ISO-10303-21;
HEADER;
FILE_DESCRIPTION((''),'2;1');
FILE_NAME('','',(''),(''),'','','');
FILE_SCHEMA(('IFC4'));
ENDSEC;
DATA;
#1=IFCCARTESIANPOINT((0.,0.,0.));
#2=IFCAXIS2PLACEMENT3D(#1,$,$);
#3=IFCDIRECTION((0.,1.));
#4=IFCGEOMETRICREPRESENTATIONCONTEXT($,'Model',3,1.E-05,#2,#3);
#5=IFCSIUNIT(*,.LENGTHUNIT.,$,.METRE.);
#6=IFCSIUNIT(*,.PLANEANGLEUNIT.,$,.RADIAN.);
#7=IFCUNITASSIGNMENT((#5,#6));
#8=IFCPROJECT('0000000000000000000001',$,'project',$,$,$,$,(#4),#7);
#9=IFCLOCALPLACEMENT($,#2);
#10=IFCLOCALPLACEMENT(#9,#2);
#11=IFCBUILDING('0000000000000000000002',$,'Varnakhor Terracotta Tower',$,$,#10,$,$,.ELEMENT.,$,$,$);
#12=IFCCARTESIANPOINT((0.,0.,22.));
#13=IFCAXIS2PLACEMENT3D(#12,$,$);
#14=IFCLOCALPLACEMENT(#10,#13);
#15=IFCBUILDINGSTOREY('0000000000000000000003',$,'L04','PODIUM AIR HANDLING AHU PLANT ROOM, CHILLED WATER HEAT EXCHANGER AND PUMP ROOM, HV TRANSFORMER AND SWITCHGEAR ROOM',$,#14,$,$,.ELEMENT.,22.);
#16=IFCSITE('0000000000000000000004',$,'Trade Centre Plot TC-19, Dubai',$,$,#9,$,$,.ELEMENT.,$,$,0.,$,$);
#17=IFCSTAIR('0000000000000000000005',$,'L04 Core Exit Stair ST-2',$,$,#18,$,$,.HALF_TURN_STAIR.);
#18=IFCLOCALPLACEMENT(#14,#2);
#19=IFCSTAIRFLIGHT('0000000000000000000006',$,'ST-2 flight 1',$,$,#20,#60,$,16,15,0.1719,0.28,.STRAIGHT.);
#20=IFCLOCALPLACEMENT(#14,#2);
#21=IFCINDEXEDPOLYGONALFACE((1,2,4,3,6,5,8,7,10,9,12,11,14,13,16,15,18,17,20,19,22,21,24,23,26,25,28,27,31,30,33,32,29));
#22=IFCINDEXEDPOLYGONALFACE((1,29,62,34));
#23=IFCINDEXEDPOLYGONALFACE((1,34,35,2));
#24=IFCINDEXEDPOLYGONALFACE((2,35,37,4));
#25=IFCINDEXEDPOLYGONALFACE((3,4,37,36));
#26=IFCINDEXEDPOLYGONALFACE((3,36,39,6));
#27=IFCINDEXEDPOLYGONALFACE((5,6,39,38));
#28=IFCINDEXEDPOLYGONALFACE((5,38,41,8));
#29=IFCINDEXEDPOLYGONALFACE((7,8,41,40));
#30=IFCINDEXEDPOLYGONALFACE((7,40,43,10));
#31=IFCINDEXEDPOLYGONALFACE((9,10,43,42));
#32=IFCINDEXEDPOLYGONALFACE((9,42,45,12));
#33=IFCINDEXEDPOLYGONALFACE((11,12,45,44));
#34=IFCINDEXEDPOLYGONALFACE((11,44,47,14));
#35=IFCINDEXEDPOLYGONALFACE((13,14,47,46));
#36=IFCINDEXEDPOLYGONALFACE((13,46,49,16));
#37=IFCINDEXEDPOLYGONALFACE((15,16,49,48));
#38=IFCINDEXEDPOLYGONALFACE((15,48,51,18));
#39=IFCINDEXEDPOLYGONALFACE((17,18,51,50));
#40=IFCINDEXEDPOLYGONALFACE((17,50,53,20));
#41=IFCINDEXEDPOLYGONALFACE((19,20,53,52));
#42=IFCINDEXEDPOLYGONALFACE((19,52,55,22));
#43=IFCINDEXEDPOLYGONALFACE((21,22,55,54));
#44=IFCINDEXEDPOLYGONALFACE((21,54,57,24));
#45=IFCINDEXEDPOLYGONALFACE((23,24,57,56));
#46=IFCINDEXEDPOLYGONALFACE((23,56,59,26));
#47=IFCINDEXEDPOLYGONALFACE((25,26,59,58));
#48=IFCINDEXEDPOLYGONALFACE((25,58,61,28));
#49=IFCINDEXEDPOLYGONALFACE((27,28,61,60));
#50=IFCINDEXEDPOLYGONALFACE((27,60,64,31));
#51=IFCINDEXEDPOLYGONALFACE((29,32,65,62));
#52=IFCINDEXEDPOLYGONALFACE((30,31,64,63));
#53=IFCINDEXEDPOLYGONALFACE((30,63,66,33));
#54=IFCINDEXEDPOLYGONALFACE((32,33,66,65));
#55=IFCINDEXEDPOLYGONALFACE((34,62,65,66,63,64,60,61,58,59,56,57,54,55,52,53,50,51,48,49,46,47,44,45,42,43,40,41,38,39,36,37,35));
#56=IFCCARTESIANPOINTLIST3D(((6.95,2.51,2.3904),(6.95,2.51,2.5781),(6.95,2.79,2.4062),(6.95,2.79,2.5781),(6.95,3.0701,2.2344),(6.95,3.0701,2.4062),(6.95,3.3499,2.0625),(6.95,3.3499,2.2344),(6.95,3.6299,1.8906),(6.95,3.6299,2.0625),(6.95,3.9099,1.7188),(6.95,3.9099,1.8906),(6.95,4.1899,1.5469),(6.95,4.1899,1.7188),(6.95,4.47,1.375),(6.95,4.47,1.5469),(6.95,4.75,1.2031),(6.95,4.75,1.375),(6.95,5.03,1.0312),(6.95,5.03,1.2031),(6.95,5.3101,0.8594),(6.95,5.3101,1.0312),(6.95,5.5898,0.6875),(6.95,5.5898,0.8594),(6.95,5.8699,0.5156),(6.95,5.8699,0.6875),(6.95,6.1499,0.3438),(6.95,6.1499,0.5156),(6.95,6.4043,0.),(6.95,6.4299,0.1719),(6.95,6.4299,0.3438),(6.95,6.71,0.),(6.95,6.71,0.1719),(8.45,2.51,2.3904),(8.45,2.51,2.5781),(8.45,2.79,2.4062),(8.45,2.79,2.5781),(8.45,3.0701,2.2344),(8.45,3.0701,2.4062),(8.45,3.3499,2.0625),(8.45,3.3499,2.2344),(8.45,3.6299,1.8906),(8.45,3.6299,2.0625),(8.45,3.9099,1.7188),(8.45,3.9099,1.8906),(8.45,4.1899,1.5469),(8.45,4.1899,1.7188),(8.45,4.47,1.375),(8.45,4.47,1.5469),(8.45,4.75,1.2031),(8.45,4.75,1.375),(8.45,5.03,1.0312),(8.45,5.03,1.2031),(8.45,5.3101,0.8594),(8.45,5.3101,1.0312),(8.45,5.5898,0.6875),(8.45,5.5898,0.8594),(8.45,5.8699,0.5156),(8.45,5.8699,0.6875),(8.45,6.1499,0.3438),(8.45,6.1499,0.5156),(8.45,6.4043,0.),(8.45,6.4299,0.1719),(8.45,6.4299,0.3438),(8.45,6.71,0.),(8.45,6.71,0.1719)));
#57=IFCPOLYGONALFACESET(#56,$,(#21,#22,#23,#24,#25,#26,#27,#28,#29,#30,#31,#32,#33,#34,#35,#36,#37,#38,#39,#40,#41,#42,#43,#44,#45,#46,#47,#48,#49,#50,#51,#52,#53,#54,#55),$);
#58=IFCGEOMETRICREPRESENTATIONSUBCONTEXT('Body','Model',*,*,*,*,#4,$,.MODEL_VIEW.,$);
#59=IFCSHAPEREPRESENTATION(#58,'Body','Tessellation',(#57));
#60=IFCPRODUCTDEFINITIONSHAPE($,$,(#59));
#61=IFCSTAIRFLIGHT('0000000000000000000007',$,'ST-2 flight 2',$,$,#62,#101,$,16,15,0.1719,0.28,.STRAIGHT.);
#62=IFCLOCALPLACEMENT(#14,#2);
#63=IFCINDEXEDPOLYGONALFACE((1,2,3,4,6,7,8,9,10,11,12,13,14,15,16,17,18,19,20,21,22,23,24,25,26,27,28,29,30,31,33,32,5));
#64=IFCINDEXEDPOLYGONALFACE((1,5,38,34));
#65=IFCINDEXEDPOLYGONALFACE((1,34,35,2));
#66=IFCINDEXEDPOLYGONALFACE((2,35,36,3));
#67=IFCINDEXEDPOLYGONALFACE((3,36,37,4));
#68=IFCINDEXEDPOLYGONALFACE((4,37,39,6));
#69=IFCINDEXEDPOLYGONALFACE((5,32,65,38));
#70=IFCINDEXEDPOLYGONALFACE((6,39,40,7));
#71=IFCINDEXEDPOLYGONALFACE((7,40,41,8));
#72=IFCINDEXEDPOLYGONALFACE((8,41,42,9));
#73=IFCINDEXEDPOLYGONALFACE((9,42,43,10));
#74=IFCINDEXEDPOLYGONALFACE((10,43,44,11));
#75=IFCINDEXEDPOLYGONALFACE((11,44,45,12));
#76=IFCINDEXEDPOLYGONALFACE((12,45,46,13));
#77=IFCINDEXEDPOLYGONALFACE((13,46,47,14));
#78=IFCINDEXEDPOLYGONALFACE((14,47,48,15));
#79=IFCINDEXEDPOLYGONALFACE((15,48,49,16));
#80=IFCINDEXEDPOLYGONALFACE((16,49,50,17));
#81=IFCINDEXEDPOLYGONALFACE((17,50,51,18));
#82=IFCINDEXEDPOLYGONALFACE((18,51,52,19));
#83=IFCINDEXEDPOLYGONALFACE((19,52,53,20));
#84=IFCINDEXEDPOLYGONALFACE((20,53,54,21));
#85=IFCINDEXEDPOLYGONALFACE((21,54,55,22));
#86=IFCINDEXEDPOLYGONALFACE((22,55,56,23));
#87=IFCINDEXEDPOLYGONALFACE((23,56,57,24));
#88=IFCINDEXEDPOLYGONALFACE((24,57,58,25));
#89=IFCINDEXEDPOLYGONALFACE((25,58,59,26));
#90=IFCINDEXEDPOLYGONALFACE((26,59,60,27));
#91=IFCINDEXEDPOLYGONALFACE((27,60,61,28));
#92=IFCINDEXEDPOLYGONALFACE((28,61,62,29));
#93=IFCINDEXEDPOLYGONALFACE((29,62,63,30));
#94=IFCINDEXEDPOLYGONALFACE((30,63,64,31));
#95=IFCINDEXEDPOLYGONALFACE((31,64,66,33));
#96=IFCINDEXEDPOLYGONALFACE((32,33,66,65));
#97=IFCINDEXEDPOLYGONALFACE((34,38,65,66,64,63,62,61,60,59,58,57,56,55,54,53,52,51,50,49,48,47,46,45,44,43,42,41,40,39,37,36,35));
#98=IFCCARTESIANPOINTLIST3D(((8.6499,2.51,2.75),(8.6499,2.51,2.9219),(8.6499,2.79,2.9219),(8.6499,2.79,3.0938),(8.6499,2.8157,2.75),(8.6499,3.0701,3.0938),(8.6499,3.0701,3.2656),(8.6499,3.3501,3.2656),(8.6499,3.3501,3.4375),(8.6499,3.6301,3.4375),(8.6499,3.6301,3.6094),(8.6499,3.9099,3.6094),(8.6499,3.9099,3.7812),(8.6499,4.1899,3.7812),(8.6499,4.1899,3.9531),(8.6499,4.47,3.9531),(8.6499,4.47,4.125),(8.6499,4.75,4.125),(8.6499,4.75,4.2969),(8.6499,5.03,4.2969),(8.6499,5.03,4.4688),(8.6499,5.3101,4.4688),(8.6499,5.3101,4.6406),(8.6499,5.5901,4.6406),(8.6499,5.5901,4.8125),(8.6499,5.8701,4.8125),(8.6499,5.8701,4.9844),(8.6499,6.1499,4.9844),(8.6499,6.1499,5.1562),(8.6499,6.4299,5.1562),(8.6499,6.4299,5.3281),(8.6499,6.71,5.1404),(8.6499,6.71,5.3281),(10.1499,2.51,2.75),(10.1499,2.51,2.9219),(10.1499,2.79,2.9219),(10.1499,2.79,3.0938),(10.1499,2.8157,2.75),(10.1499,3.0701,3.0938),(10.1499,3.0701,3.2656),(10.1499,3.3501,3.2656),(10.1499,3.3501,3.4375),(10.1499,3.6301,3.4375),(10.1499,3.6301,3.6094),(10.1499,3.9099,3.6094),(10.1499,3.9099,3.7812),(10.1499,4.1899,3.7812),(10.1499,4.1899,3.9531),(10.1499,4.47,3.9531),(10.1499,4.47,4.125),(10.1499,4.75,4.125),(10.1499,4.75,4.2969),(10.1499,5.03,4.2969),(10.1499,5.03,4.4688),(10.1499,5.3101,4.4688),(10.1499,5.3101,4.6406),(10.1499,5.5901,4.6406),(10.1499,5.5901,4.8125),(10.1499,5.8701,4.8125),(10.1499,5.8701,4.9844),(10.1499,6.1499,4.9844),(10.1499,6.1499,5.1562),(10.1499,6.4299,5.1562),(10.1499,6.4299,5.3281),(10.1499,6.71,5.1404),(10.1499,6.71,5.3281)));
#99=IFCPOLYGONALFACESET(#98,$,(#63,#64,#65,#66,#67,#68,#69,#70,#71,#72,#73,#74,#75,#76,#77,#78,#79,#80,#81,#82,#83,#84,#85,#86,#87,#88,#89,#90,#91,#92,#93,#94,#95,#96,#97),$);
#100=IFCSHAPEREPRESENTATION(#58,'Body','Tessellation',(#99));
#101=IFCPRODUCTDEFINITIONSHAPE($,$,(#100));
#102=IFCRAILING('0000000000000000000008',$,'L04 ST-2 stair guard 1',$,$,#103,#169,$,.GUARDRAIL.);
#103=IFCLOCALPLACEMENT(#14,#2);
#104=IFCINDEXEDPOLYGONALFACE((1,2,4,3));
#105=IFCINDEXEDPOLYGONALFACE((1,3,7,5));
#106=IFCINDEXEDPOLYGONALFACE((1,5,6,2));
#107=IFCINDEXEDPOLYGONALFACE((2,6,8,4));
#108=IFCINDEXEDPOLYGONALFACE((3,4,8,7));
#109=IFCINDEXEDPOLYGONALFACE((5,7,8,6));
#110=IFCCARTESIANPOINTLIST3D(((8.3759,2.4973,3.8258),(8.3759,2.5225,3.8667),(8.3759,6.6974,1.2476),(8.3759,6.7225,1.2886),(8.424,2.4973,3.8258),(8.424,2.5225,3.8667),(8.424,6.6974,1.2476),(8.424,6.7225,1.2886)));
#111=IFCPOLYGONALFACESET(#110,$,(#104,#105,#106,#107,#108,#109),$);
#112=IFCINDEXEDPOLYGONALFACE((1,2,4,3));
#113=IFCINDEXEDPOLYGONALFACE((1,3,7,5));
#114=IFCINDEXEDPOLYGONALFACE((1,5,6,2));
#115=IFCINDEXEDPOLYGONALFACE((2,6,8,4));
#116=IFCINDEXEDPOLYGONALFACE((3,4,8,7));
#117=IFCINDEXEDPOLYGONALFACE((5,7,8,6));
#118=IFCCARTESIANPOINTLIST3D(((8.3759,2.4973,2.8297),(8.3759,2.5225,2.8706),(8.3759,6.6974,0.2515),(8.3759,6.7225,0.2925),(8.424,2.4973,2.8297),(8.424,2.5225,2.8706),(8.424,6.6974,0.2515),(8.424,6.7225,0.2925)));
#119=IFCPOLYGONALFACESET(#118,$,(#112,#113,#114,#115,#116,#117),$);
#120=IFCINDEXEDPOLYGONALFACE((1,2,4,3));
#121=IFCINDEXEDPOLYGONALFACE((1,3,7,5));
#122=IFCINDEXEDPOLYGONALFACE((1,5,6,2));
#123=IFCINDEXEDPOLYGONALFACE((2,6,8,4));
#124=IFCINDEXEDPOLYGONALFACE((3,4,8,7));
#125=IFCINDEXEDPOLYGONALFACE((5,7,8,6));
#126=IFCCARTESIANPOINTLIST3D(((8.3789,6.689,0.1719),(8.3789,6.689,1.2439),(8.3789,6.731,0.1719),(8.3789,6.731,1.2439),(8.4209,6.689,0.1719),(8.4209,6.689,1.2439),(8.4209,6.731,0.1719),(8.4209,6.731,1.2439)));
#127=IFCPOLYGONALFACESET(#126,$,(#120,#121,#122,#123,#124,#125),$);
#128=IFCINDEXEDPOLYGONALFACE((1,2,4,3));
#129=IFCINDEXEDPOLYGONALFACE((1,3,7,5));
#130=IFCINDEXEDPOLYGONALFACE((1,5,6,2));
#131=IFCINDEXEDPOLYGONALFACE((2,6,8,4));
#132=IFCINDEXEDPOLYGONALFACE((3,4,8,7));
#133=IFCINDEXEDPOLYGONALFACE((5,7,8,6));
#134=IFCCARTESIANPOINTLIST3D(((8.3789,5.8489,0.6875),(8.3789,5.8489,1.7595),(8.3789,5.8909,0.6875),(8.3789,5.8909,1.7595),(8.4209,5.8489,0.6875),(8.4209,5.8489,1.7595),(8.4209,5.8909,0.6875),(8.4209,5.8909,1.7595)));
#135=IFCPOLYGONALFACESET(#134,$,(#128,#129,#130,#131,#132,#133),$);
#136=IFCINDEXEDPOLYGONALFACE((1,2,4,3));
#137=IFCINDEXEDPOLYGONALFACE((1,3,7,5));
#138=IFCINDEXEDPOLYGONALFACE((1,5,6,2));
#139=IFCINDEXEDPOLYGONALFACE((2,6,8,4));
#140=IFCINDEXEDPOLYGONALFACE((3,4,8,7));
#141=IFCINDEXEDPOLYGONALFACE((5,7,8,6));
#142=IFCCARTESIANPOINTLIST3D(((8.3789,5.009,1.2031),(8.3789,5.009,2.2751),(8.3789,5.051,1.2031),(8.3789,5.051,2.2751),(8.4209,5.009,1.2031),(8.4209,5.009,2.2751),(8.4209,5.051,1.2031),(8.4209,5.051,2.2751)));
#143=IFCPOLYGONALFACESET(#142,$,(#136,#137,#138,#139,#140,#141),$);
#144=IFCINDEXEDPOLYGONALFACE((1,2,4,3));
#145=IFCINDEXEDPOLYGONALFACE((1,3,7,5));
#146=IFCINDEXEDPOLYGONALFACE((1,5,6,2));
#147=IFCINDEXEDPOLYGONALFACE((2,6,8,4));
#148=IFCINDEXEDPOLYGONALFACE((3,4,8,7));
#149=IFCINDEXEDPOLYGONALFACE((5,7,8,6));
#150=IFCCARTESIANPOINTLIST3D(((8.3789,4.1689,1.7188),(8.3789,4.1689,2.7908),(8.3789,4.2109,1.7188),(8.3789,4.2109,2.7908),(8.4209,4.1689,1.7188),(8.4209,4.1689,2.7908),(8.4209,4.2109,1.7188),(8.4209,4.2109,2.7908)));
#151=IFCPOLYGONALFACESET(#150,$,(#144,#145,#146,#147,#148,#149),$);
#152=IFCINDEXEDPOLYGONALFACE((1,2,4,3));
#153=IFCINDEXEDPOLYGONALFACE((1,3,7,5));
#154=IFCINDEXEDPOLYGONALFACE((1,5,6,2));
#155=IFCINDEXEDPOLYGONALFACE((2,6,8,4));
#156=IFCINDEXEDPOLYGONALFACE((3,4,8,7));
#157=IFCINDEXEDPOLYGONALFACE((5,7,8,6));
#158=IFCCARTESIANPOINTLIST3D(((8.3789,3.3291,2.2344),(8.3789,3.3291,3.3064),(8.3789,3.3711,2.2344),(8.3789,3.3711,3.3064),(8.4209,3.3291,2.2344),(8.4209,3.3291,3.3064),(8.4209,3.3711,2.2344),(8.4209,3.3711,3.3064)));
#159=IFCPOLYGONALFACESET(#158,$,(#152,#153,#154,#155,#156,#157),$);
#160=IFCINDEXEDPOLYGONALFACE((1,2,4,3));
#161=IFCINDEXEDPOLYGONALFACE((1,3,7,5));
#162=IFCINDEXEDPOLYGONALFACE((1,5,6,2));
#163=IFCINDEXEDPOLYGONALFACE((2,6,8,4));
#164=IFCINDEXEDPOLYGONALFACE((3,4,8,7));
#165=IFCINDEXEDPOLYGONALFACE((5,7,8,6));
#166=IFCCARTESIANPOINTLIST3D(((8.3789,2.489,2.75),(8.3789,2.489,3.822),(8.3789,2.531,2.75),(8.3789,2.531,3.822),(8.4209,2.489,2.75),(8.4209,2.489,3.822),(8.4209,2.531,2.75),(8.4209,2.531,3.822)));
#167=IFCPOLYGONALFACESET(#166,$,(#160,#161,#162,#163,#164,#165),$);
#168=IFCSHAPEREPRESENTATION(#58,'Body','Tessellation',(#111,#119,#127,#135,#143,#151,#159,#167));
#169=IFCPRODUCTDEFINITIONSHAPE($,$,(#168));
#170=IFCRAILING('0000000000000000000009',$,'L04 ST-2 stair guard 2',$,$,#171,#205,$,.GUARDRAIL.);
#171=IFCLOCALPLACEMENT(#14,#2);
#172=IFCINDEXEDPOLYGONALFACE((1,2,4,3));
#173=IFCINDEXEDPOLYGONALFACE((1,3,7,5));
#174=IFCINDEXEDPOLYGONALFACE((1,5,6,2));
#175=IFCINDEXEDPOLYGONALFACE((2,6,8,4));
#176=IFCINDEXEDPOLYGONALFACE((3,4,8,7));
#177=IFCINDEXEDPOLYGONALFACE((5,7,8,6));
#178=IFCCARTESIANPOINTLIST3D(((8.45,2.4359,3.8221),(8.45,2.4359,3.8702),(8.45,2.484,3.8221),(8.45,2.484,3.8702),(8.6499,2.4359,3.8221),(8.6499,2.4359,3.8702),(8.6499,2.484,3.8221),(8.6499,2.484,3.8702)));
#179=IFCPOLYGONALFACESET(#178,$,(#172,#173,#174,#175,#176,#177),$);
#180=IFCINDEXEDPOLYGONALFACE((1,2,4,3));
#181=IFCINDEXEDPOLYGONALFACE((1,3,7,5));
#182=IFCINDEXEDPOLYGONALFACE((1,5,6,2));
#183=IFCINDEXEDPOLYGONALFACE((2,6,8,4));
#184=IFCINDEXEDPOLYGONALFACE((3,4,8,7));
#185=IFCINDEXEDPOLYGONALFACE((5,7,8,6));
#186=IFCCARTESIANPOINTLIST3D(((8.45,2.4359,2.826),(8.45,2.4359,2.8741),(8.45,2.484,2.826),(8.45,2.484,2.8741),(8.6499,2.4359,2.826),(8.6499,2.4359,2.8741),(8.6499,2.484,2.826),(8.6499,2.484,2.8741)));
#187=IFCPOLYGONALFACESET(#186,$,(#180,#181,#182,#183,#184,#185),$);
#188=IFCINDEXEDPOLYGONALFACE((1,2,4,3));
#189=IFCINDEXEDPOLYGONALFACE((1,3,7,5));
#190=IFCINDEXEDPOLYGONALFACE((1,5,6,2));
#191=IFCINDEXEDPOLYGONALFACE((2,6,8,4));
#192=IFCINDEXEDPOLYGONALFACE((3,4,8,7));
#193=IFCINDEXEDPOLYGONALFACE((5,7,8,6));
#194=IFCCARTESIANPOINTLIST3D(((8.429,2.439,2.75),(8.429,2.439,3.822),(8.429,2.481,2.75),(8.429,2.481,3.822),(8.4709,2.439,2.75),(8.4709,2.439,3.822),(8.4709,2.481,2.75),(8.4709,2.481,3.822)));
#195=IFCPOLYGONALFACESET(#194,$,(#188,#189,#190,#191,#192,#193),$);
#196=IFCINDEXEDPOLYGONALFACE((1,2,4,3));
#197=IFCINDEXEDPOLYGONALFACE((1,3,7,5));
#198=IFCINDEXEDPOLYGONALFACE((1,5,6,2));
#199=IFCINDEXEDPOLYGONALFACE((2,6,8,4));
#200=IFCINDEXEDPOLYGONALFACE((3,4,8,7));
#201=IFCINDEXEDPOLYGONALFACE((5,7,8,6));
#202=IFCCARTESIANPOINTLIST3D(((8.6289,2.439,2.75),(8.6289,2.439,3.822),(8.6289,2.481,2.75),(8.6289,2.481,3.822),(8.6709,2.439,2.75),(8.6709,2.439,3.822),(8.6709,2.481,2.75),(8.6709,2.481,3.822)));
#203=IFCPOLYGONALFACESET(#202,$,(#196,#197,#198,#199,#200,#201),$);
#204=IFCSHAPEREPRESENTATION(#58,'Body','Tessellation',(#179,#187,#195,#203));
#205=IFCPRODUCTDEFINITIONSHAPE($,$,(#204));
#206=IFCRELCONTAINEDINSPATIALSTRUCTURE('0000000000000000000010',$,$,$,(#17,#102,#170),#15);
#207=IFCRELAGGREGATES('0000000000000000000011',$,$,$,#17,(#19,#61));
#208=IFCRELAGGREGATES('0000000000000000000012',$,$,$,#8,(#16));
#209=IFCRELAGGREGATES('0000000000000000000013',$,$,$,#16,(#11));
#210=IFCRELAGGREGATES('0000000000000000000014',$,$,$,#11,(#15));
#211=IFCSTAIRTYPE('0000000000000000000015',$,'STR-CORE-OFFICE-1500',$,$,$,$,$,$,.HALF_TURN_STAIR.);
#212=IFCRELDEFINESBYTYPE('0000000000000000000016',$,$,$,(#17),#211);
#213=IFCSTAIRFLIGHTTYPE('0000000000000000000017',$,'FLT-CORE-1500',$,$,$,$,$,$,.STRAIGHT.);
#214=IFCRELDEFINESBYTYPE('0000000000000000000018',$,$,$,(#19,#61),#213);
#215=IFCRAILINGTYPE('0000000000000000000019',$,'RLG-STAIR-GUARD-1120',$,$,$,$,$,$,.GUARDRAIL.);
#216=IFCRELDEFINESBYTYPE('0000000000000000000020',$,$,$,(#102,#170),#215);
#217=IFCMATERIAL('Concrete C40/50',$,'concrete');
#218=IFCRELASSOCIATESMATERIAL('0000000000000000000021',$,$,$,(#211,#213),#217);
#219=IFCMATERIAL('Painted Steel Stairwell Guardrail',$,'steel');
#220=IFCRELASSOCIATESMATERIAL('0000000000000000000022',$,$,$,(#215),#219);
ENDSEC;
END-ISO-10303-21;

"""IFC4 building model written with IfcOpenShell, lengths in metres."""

from ifc_helpers import new_model, si_unit, direction, frame, origin, origin_2d, place, context, subcontext, project, spatial, polyline, rectangle, outline, extrude, material, type_object, element, aggregate, save


model = new_model("IFC4")

# Units and contexts
model_context = context("Model", 3, precision=1e-05, world=origin(), true_north=direction((0.0, 1.0)))
body_context = subcontext(model_context, "Body", "Model", "MODEL_VIEW")
ifc_project = project(units=[si_unit("LENGTHUNIT", "METRE"), si_unit("PLANEANGLEUNIT", "RADIAN")], contexts=[model_context])

# Site, building, storey
site_placement = place(None, origin())
site = spatial("IfcSite", under=ifc_project, at=site_placement, Name="Trade Centre Plot TC-19, Dubai", CompositionType="ELEMENT", RefElevation=0.0)
building_placement = place(site_placement, origin())
building = spatial("IfcBuilding", under=site, at=building_placement, Name="Varnakhor Terracotta Tower", CompositionType="ELEMENT")
storey_placement = place(building_placement, frame((0.0, 0.0, 22.0)))
storey = spatial("IfcBuildingStorey", under=building, at=storey_placement, Name="L04", Description="PODIUM AIR HANDLING AHU PLANT ROOM, CHILLED WATER HEAT EXCHANGER AND PUMP ROOM, HV TRANSFORMER AND SWITCHGEAR ROOM", CompositionType="ELEMENT", Elevation=22.0)

# Shared definitions
ifc_material_1 = material(Name="Concrete C40/50", Category="concrete")

# Stair, stair flights
stair_type = type_object("IfcStairType", Name="STR-CORE-OFFICE-1500", PredefinedType="HALF_TURN_STAIR", material=ifc_material_1)
stair_placement = place(storey_placement, origin())
stair = element("IfcStair", 1, at=stair_placement, inside=storey, type_object=stair_type, Name="L04 Core Exit Stair ST-2", PredefinedType="HALF_TURN_STAIR")
stair_flight_type = type_object("IfcStairFlightType", Name="FLT-CORE-1500", PredefinedType="STRAIGHT", material=ifc_material_1)
stair_flight_1_placement = place(storey_placement, frame((7.7, 6.71, 0.0), z_axis=(0.0, 0.0, 1.0), x_axis=(0.0, -1.0, 0.0)))
stair_flight_1 = element("IfcStairFlight", 2, at=stair_flight_1_placement, type_object=stair_flight_type, Name="ST-2 flight 1", NumberOfRisers=16, NumberOfTreads=15, PredefinedType="STRAIGHT", RiserHeight=0.1719, TreadLength=0.28, context=body_context, shape_type="SweptSolid", body=[
    extrude(outline(polyline([(0.0, 0.0), (0.0, 0.1719), (0.28, 0.1719), (0.28, 0.3438), (0.5601, 0.3438), (0.5601, 0.5156), (0.8401, 0.5156), (0.8401, 0.6875), (1.1201, 0.6875), (1.1201, 0.8594), (1.3999, 0.8594), (1.3999, 1.0312), (1.6799, 1.0312), (1.6799, 1.2031), (1.96, 1.2031), (1.96, 1.375), (2.24, 1.375), (2.24, 1.5469), (2.52, 1.5469), (2.52, 1.7188), (2.8, 1.7188), (2.8, 1.8906), (3.0801, 1.8906), (3.0801, 2.0625), (3.3601, 2.0625), (3.3601, 2.2344), (3.6399, 2.2344), (3.6399, 2.4062), (3.9199, 2.4062), (3.9199, 2.5781), (4.2, 2.5781), (4.2, 2.75), (4.2, 2.3904), (0.3057, 0.0), (0.0, 0.0)])), frame((0.0, 0.75, 0.0), z_axis=(0.0, -1.0, 0.0), x_axis=(1.0, 0.0, 0.0)), (0.0, 0.0, 1.0), 1.5),
])
stair_flight_2_placement = place(storey_placement, frame((9.3999, 2.51, 2.75), z_axis=(0.0, 0.0, 1.0), x_axis=(0.0, 1.0, 0.0)))
stair_flight_2 = element("IfcStairFlight", 3, at=stair_flight_2_placement, type_object=stair_flight_type, Name="ST-2 flight 2", NumberOfRisers=16, NumberOfTreads=15, PredefinedType="STRAIGHT", RiserHeight=0.1719, TreadLength=0.28, context=body_context, shape_type="SweptSolid", body=[
    extrude(outline(polyline([(0.0, 0.0), (0.0, 0.1719), (0.28, 0.1719), (0.28, 0.3438), (0.5601, 0.3438), (0.5601, 0.5156), (0.8401, 0.5156), (0.8401, 0.6875), (1.1201, 0.6875), (1.1201, 0.8594), (1.3999, 0.8594), (1.3999, 1.0312), (1.6799, 1.0312), (1.6799, 1.2031), (1.96, 1.2031), (1.96, 1.375), (2.24, 1.375), (2.24, 1.5469), (2.52, 1.5469), (2.52, 1.7188), (2.8, 1.7188), (2.8, 1.8906), (3.0801, 1.8906), (3.0801, 2.0625), (3.3601, 2.0625), (3.3601, 2.2344), (3.6399, 2.2344), (3.6399, 2.4062), (3.9199, 2.4062), (3.9199, 2.5781), (4.2, 2.5781), (4.2, 2.75), (4.2, 2.3904), (0.3057, 0.0), (0.0, 0.0)])), frame((0.0, 0.75, 0.0), z_axis=(0.0, -1.0, 0.0), x_axis=(1.0, 0.0, 0.0)), (0.0, 0.0, 1.0), 1.5),
])
aggregate(stair, [stair_flight_1, stair_flight_2])

# Railings
ifc_material_2 = material(Name="Painted Steel Stairwell Guardrail", Category="steel")
railing_type_1 = type_object("IfcRailingType", Name="RLG-STAIR-GUARD-1120", PredefinedType="GUARDRAIL", material=ifc_material_2)
railing_1_placement = place(storey_placement, frame((8.3999, 6.71, 0.1719)))
element("IfcRailing", 4, at=railing_1_placement, inside=storey, type_object=railing_type_1, Name="L04 ST-2 stair guard 1", PredefinedType="GUARDRAIL", context=body_context, shape_type="SweptSolid", body=[
    extrude(rectangle(XDim=0.0481, YDim=0.0481, at=origin_2d()), frame((0.0, 0.0, 1.0962), z_axis=(0.0, -0.852243, 0.523146), x_axis=(1.0, 0.0, 0.0)), (0.0, 0.0, 1.0), 4.9282),
    extrude(rectangle(XDim=0.0481, YDim=0.0481, at=origin_2d()), frame((0.0, 0.0, 0.1001), z_axis=(0.0, -0.852243, 0.523146), x_axis=(1.0, 0.0, 0.0)), (0.0, 0.0, 1.0), 4.9282),
    extrude(rectangle(XDim=0.042, YDim=0.042, at=origin_2d()), origin(), (0.0, 0.0, 1.0), 1.072),
    extrude(rectangle(XDim=0.042, YDim=0.042, at=origin_2d()), frame((0.0, -0.8401, 0.5156)), (0.0, 0.0, 1.0), 1.072),
    extrude(rectangle(XDim=0.042, YDim=0.042, at=origin_2d()), frame((0.0, -1.6799, 1.0312)), (0.0, 0.0, 1.0), 1.072),
    extrude(rectangle(XDim=0.042, YDim=0.042, at=origin_2d()), frame((0.0, -2.52, 1.5469)), (0.0, 0.0, 1.0), 1.072),
    extrude(rectangle(XDim=0.042, YDim=0.042, at=origin_2d()), frame((0.0, -3.3599, 2.0625)), (0.0, 0.0, 1.0), 1.072),
    extrude(rectangle(XDim=0.042, YDim=0.042, at=origin_2d()), frame((0.0, -4.2, 2.5781)), (0.0, 0.0, 1.0), 1.072),
])
railing_2_placement = place(storey_placement, frame((8.45, 2.46, 2.75)))
element("IfcRailing", 5, at=railing_2_placement, inside=storey, type_object=railing_type_1, Name="L04 ST-2 stair guard 2", PredefinedType="GUARDRAIL", context=body_context, shape_type="SweptSolid", body=[
    extrude(rectangle(XDim=0.0481, YDim=0.0481, at=origin_2d()), frame((0.0, 0.0, 1.0962), z_axis=(1.0, 0.0, 0.0), x_axis=(0.0, 1.0, 0.0)), (0.0, 0.0, 1.0), 0.2),
    extrude(rectangle(XDim=0.0481, YDim=0.0481, at=origin_2d()), frame((0.0, 0.0, 0.1001), z_axis=(1.0, 0.0, 0.0), x_axis=(0.0, 1.0, 0.0)), (0.0, 0.0, 1.0), 0.2),
    extrude(rectangle(XDim=0.042, YDim=0.042, at=origin_2d()), origin(), (0.0, 0.0, 1.0), 1.072),
    extrude(rectangle(XDim=0.042, YDim=0.042, at=origin_2d()), frame((0.2, 0.0, 0.0)), (0.0, 0.0, 1.0), 1.072),
])

save(model, "model.ifc")
